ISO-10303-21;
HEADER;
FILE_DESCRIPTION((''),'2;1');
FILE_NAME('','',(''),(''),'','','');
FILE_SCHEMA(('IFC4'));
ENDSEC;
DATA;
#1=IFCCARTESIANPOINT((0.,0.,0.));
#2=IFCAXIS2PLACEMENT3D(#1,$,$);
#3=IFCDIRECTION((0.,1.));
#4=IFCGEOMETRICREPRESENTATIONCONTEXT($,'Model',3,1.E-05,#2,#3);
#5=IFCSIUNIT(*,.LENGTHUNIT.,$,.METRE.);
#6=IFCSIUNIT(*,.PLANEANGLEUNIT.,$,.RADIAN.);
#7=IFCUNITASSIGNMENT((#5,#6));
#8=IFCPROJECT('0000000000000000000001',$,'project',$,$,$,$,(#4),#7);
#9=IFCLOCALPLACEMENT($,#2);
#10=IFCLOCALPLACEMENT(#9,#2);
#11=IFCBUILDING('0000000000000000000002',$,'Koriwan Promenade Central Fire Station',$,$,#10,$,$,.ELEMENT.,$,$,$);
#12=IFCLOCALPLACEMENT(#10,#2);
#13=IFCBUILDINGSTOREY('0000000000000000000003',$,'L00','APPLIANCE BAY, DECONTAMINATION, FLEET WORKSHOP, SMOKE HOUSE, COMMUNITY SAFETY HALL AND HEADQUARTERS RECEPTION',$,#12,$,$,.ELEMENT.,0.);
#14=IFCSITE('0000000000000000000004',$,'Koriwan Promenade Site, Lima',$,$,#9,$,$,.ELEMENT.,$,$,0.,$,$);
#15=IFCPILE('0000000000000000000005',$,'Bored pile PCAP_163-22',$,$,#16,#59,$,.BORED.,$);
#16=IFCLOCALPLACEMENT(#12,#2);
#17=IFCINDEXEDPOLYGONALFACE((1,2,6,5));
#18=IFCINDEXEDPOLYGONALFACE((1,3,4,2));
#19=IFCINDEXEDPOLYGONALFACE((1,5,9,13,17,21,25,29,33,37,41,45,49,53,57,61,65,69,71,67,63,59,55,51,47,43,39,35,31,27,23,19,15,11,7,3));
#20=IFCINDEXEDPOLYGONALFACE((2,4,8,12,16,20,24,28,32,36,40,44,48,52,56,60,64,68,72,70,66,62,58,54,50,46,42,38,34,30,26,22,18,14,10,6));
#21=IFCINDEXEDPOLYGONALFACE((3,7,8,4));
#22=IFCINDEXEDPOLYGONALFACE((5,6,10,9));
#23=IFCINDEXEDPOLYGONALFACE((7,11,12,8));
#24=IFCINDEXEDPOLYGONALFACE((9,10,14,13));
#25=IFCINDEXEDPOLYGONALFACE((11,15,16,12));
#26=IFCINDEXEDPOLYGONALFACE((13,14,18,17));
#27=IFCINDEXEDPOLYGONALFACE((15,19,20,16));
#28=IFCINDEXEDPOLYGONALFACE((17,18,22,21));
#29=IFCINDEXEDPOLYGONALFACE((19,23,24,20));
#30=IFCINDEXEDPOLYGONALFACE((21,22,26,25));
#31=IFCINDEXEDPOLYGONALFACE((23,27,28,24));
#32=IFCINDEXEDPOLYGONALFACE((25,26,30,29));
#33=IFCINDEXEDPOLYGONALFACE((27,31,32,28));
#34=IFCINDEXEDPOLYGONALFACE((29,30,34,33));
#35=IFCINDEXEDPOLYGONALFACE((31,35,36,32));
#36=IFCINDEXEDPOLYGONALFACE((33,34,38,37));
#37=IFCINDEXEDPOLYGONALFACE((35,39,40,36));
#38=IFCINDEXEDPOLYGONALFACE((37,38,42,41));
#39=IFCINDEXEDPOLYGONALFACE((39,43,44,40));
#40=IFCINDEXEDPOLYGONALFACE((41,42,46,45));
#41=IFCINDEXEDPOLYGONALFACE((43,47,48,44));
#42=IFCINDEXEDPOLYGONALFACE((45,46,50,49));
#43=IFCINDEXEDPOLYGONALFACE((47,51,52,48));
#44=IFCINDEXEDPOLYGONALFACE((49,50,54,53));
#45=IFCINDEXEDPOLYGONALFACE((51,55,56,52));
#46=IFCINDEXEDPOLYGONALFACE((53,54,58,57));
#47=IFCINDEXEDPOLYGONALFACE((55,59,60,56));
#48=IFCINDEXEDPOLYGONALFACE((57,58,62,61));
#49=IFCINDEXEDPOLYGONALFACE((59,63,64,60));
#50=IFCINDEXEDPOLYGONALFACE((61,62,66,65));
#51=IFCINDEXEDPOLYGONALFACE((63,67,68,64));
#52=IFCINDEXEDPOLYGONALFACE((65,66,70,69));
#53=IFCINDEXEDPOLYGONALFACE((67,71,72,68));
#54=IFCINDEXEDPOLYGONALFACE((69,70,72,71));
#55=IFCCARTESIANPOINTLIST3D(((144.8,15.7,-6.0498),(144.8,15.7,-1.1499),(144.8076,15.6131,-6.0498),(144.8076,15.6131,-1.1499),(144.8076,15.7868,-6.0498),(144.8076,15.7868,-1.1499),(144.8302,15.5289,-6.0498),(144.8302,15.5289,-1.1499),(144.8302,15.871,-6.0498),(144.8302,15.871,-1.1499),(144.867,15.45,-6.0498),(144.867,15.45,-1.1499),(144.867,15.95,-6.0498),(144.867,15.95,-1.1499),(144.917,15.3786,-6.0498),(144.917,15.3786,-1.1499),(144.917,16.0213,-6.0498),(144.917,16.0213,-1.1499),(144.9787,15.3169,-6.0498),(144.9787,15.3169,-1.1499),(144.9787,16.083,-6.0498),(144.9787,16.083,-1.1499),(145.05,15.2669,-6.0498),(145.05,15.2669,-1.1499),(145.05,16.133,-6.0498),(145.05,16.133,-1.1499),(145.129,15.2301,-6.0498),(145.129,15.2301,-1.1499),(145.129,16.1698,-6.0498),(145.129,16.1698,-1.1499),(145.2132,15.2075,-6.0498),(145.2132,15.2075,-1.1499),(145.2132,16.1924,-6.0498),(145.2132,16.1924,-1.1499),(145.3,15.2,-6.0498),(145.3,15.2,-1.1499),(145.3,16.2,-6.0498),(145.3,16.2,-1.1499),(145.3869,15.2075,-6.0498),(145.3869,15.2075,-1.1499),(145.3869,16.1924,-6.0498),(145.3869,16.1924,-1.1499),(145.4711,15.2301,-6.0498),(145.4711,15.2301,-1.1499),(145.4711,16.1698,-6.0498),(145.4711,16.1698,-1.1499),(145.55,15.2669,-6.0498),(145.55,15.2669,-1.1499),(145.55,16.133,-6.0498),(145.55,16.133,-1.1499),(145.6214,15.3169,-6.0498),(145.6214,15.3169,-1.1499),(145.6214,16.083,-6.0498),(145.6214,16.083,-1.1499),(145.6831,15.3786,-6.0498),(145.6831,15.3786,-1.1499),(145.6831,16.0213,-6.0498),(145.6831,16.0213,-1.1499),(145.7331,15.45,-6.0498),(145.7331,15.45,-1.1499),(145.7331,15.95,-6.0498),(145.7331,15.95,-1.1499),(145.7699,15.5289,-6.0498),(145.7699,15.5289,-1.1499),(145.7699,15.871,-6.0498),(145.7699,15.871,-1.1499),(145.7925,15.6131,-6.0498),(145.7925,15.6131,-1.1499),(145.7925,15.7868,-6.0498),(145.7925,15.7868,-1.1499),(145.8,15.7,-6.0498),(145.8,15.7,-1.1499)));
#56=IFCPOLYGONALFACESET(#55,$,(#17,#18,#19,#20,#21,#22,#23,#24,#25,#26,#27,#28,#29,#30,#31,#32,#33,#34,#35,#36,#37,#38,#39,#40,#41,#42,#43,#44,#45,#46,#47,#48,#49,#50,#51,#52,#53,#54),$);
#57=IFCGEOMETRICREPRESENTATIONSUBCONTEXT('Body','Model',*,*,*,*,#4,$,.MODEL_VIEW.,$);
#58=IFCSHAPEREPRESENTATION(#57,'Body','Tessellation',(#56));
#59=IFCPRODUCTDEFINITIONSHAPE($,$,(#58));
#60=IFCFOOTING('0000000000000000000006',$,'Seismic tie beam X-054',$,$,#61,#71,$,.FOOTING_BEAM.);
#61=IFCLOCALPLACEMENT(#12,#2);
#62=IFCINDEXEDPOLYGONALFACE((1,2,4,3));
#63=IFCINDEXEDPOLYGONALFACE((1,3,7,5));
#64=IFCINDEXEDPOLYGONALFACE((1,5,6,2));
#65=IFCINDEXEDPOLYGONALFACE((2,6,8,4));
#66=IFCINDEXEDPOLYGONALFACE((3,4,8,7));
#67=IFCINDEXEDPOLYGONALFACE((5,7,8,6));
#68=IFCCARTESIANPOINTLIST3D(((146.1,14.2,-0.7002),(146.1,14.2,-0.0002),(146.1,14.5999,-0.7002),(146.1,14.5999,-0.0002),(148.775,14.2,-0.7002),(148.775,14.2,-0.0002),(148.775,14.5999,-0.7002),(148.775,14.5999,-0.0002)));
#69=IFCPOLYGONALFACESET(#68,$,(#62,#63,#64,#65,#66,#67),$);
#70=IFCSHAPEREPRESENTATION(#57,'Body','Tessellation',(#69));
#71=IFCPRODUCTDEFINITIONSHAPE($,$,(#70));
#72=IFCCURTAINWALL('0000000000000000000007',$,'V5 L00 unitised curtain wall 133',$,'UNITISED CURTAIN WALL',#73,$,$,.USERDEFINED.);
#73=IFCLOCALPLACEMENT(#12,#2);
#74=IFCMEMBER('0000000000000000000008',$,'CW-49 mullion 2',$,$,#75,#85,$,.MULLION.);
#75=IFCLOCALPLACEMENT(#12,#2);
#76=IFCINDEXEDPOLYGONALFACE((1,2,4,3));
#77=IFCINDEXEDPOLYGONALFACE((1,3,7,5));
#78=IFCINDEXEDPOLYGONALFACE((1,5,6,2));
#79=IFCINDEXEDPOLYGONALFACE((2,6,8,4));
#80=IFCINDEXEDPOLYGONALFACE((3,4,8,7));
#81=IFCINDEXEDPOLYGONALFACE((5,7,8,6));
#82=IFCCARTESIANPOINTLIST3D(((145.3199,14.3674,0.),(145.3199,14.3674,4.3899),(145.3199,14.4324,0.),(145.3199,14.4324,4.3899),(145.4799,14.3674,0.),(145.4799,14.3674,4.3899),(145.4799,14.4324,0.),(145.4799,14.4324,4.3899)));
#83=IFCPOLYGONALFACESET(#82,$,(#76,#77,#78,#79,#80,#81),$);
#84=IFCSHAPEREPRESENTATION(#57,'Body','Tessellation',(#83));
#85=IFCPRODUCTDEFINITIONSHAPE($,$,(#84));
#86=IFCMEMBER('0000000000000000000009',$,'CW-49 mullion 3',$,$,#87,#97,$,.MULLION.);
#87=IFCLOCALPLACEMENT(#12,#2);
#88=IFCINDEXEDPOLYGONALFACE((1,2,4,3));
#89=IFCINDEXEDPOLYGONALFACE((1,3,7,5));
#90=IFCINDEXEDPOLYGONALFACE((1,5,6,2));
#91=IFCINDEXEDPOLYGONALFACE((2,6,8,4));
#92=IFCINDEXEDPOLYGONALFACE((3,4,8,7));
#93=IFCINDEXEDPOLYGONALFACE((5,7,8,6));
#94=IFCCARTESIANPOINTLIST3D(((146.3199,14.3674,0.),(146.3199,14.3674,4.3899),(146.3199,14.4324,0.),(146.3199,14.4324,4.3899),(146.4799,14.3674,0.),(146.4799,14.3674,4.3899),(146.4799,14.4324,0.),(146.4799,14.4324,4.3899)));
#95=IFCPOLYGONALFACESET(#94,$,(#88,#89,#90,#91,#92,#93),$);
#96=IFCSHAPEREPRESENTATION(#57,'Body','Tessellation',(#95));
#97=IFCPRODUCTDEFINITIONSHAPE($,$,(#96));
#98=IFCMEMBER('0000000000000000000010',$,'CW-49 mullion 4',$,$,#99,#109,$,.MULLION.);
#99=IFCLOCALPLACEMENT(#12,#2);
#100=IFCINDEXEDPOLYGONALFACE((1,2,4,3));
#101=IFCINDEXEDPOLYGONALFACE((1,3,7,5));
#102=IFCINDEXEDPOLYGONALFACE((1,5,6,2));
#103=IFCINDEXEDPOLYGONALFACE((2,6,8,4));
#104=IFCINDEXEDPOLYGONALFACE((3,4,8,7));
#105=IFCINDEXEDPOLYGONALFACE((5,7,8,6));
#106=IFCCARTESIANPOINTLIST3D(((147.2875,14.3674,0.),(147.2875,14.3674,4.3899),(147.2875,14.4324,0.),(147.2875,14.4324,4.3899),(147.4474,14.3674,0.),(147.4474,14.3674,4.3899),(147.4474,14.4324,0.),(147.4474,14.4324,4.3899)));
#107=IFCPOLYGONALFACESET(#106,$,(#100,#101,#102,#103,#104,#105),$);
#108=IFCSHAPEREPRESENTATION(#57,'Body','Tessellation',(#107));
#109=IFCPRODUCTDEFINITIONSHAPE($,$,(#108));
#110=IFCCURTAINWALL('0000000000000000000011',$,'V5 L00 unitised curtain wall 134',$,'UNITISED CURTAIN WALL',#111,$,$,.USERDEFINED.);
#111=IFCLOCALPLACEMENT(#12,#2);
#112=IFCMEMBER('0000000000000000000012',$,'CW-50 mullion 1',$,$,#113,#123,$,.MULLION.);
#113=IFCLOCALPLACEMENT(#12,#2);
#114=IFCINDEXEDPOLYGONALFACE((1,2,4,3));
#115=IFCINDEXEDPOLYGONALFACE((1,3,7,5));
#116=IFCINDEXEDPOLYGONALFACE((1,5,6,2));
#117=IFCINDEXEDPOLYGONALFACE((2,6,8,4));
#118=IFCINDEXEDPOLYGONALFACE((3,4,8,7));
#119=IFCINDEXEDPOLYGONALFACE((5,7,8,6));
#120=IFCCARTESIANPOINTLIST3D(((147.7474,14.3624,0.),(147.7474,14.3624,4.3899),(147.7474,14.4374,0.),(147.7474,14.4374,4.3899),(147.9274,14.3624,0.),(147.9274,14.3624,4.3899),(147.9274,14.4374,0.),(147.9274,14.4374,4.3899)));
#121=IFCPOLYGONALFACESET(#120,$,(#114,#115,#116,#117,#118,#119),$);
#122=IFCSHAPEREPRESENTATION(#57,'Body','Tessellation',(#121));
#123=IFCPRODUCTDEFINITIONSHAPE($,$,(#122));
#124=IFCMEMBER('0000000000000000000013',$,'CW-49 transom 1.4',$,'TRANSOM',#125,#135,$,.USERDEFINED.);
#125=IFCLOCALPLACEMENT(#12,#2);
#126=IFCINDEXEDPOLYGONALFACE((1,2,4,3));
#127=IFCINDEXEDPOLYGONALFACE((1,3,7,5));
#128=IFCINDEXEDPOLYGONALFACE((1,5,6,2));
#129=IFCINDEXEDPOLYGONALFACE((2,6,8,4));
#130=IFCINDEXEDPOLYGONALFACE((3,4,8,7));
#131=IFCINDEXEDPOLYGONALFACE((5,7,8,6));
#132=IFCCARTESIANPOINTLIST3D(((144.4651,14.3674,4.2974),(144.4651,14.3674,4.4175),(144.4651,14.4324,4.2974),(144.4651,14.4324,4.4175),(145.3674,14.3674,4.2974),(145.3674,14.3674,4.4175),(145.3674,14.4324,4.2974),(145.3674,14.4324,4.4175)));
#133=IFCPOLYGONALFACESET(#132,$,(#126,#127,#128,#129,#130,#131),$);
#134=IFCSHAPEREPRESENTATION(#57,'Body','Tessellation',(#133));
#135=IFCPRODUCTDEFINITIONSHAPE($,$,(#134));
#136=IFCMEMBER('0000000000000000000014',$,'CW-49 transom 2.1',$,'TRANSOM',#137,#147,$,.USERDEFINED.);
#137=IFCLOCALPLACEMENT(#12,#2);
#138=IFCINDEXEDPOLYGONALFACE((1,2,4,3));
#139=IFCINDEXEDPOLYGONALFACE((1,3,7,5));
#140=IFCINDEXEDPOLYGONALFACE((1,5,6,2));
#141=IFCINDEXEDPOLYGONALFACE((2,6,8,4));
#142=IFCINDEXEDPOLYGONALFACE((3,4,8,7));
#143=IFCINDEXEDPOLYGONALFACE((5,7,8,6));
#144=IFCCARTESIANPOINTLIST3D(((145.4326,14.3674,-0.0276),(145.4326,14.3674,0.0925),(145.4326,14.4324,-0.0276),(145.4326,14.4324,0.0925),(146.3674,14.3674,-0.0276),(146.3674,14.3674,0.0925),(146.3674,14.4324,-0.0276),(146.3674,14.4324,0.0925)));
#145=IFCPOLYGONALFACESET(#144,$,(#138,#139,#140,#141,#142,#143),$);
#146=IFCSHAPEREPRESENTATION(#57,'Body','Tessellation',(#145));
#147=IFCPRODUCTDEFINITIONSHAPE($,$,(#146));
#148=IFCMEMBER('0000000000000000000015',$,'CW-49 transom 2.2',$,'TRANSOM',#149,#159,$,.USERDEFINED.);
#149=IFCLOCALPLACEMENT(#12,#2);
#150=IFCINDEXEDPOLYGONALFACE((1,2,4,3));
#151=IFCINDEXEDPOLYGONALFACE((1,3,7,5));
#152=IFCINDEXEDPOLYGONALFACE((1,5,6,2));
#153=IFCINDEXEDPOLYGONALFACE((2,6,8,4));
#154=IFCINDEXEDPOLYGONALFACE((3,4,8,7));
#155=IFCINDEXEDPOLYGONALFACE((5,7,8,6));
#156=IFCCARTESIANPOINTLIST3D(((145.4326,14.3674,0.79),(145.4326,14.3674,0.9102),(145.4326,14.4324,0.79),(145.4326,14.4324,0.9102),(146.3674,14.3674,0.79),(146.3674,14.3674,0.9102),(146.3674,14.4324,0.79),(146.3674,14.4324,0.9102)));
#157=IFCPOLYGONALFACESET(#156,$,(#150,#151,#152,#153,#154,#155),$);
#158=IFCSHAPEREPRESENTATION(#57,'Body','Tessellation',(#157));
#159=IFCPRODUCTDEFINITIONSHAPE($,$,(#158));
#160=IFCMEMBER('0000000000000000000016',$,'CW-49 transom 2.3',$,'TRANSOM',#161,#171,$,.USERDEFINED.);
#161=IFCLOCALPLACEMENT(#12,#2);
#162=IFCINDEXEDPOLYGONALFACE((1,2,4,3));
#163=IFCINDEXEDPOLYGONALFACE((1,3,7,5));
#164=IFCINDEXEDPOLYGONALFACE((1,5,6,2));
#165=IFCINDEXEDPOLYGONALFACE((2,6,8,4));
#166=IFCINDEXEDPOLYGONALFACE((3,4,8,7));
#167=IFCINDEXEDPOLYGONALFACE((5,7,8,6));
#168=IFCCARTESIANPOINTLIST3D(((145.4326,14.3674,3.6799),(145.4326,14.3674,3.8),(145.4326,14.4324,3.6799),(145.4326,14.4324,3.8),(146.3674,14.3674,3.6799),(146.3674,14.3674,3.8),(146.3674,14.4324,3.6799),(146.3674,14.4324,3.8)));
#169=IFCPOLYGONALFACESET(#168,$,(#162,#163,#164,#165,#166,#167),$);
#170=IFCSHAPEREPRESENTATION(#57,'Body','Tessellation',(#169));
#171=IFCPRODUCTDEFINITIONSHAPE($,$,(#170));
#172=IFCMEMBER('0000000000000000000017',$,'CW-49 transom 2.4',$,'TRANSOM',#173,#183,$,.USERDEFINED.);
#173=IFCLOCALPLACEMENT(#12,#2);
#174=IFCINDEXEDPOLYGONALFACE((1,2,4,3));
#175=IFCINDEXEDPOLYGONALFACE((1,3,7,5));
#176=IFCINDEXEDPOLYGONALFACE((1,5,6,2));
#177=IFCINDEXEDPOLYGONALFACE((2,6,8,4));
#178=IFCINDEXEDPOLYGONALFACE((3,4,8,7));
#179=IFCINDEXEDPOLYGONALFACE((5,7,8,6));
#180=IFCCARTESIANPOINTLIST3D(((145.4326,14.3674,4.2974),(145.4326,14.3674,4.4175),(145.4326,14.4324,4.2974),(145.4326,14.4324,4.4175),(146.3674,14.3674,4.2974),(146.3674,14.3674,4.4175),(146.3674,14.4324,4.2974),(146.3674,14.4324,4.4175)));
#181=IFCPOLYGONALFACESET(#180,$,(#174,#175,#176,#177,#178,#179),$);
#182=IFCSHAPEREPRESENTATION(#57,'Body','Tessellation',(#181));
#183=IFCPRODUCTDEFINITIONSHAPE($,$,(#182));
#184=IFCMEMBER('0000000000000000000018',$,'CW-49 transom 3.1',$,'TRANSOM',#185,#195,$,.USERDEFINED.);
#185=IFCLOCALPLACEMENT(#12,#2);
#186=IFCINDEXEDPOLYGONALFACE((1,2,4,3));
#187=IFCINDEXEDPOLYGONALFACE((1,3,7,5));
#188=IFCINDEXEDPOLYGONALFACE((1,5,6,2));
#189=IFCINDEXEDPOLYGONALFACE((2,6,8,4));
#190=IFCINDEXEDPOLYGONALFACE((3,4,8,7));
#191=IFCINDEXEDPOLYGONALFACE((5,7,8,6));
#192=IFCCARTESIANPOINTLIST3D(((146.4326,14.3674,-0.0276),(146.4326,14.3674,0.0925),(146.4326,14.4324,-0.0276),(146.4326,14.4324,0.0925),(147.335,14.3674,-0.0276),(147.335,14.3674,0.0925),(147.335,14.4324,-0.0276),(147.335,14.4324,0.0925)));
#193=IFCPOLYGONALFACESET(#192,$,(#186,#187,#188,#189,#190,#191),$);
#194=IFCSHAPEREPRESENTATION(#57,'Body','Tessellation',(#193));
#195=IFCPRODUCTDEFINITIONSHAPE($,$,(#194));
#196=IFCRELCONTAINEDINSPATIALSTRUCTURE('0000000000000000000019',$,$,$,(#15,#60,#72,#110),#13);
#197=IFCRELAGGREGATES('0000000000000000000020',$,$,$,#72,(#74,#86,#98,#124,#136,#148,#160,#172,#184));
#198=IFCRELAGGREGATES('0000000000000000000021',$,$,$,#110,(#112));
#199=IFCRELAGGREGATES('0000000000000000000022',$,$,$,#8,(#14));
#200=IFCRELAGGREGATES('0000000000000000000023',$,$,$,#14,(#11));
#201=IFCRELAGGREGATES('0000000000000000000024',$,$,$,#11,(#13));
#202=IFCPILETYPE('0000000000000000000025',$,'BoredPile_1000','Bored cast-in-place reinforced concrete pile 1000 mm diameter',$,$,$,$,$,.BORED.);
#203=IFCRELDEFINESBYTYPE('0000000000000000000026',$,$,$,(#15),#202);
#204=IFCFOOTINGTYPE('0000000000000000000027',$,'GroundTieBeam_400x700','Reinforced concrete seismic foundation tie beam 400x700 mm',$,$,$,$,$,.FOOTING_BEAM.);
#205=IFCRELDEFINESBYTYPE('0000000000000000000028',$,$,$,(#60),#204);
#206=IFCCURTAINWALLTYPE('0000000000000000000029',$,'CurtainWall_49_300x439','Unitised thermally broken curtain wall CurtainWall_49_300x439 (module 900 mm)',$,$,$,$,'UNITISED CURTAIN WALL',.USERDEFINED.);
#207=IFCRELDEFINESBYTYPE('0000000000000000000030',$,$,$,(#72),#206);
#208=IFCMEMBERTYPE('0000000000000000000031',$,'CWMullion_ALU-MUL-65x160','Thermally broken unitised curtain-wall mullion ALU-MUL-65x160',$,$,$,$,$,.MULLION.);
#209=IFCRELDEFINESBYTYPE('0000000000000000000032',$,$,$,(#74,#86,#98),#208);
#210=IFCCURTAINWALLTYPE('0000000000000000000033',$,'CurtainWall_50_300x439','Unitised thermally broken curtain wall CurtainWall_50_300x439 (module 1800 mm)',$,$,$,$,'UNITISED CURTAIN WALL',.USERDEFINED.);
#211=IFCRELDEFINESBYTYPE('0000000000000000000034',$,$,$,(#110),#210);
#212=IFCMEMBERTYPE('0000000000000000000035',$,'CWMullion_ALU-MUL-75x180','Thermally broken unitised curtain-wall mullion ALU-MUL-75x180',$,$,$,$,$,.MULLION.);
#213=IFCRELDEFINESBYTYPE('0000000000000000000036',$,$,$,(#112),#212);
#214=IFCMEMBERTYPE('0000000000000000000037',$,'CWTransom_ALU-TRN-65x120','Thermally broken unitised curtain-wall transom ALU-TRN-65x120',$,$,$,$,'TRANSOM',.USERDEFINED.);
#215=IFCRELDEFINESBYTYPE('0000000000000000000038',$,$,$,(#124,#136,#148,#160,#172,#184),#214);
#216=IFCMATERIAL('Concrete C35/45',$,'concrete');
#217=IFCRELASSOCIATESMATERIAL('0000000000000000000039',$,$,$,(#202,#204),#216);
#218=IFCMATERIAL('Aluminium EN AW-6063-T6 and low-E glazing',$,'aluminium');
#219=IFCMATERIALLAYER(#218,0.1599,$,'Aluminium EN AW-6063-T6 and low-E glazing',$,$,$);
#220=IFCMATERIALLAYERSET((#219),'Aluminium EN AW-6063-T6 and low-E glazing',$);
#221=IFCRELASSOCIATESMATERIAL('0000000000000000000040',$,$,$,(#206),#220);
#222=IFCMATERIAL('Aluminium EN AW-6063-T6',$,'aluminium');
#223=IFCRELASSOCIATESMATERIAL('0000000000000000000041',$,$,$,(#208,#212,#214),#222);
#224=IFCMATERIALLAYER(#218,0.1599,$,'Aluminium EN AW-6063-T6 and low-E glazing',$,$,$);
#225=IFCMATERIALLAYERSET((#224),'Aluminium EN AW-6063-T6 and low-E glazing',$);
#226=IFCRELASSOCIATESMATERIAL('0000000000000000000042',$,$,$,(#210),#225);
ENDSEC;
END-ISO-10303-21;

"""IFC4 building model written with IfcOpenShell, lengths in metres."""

from ifc_helpers import new_model, si_unit, direction, frame, origin, origin_2d, place, context, subcontext, project, spatial, rectangle, circle, extrude, material, layer, layer_set, material_profile, profile_set, type_object, element, aggregate, save


model = new_model("IFC4")

# Units and contexts
model_context = context("Model", 3, precision=1e-05, world=origin(), true_north=direction((0.0, 1.0)))
body_context = subcontext(model_context, "Body", "Model", "MODEL_VIEW")
ifc_project = project(units=[si_unit("LENGTHUNIT", "METRE"), si_unit("PLANEANGLEUNIT", "RADIAN")], contexts=[model_context])

# Site, building, storey
site_placement = place(None, origin())
site = spatial("IfcSite", under=ifc_project, at=site_placement, Name="Koriwan Promenade Site, Lima", CompositionType="ELEMENT", RefElevation=0.0)
building_placement = place(site_placement, origin())
building = spatial("IfcBuilding", under=site, at=building_placement, Name="Koriwan Promenade Central Fire Station", CompositionType="ELEMENT")
storey_placement = place(building_placement, origin())
storey = spatial("IfcBuildingStorey", under=building, at=storey_placement, Name="L00", Description="APPLIANCE BAY, DECONTAMINATION, FLEET WORKSHOP, SMOKE HOUSE, COMMUNITY SAFETY HALL AND HEADQUARTERS RECEPTION", CompositionType="ELEMENT", Elevation=0.0)

# Pile
ifc_material_1 = material(Name="Concrete C35/45", Category="concrete")
ifc_material_profile_1 = material_profile(ifc_material_1, circle(Radius=0.5, at=origin_2d()), Name="PILE-D1000")
ifc_profile_set_1 = profile_set([ifc_material_profile_1], Name="Concrete C35/45")
pile_type = type_object("IfcPileType", Name="BoredPile_1000", Description="Bored cast-in-place reinforced concrete pile 1000 mm diameter", PredefinedType="BORED", material=ifc_profile_set_1)
pile_placement = place(storey_placement, frame((145.3, 15.7, -1.1499), z_axis=(0.0, 0.0, -1.0), x_axis=(1.0, 0.0, 0.0)))
element("IfcPile", 1, at=pile_placement, inside=storey, type_object=pile_type, Name="Bored pile PCAP_163-22", PredefinedType="BORED", context=body_context, shape_type="SweptSolid", body=[
    extrude(circle(Radius=0.5, at=origin_2d()), origin(), (0.0, 0.0, 1.0), 4.8999),
])

# Footing
footing_type = type_object("IfcFootingType", Name="GroundTieBeam_400x700", Description="Reinforced concrete seismic foundation tie beam 400x700 mm", PredefinedType="FOOTING_BEAM", material=ifc_material_1)
footing_placement = place(storey_placement, frame((147.4375, 14.3999, -0.7002), z_axis=(0.0, 0.0, 1.0), x_axis=(1.0, 0.0, 0.0)))
element("IfcFooting", 2, at=footing_placement, inside=storey, type_object=footing_type, Name="Seismic tie beam X-054", PredefinedType="FOOTING_BEAM", context=body_context, shape_type="SweptSolid", body=[
    extrude(rectangle(XDim=2.675, YDim=0.3999, at=origin_2d()), origin(), (0.0, 0.0, 1.0), 0.7),
])

# Curtain wall, members
ifc_material_2 = material(Name="Aluminium EN AW-6063-T6 and low-E glazing", Category="aluminium")
ifc_layer_1 = layer(ifc_material_2, 0.1599, Name="Aluminium EN AW-6063-T6 and low-E glazing")
ifc_layer_set_1 = layer_set([ifc_layer_1], Name="Aluminium EN AW-6063-T6 and low-E glazing")
curtain_wall_type_1 = type_object("IfcCurtainWallType", Name="CurtainWall_49_300x439", Description="Unitised thermally broken curtain wall CurtainWall_49_300x439 (module 900 mm)", ElementType="UNITISED CURTAIN WALL", PredefinedType="USERDEFINED", material=ifc_layer_set_1)
curtain_wall_1_placement = place(storey_placement, origin())
curtain_wall_1 = element("IfcCurtainWall", 3, at=curtain_wall_1_placement, inside=storey, type_object=curtain_wall_type_1, Name="V5 L00 unitised curtain wall 133", ObjectType="UNITISED CURTAIN WALL", PredefinedType="USERDEFINED")
ifc_material_3 = material(Name="Aluminium EN AW-6063-T6", Category="aluminium")
ifc_material_profile_2 = material_profile(ifc_material_3, rectangle(XDim=0.0649, YDim=0.1599, at=origin_2d()), Name="ALU-MUL-65x160")
ifc_profile_set_2 = profile_set([ifc_material_profile_2], Name="Aluminium EN AW-6063-T6")
member_type_1 = type_object("IfcMemberType", Name="CWMullion_ALU-MUL-65x160", Description="Thermally broken unitised curtain-wall mullion ALU-MUL-65x160", PredefinedType="MULLION", material=ifc_profile_set_2)
member_1_placement = place(storey_placement, frame((145.3999, 14.3999, 0.0), z_axis=(0.0, 0.0, 1.0), x_axis=(0.0, 1.0, 0.0)))
member_1 = element("IfcMember", 4, at=member_1_placement, type_object=member_type_1, Name="CW-49 mullion 2", PredefinedType="MULLION", context=body_context, shape_type="SweptSolid", body=[
    extrude(rectangle(XDim=0.0649, YDim=0.1599, at=origin_2d()), origin(), (0.0, 0.0, 1.0), 4.3899),
])
member_2_placement = place(storey_placement, frame((146.3999, 14.3999, 0.0), z_axis=(0.0, 0.0, 1.0), x_axis=(0.0, 1.0, 0.0)))
member_2 = element("IfcMember", 5, at=member_2_placement, type_object=member_type_1, Name="CW-49 mullion 3", PredefinedType="MULLION", context=body_context, shape_type="SweptSolid", body=[
    extrude(rectangle(XDim=0.0649, YDim=0.1599, at=origin_2d()), origin(), (0.0, 0.0, 1.0), 4.3899),
])
member_3_placement = place(storey_placement, frame((147.3674, 14.3999, 0.0), z_axis=(0.0, 0.0, 1.0), x_axis=(0.0, 1.0, 0.0)))
member_3 = element("IfcMember", 6, at=member_3_placement, type_object=member_type_1, Name="CW-49 mullion 4", PredefinedType="MULLION", context=body_context, shape_type="SweptSolid", body=[
    extrude(rectangle(XDim=0.0649, YDim=0.1599, at=origin_2d()), origin(), (0.0, 0.0, 1.0), 4.3899),
])

# Curtain wall, member
ifc_layer_2 = layer(ifc_material_2, 0.1599, Name="Aluminium EN AW-6063-T6 and low-E glazing")
ifc_layer_set_2 = layer_set([ifc_layer_2], Name="Aluminium EN AW-6063-T6 and low-E glazing")
curtain_wall_type_2 = type_object("IfcCurtainWallType", Name="CurtainWall_50_300x439", Description="Unitised thermally broken curtain wall CurtainWall_50_300x439 (module 1800 mm)", ElementType="UNITISED CURTAIN WALL", PredefinedType="USERDEFINED", material=ifc_layer_set_2)
curtain_wall_2_placement = place(storey_placement, origin())
curtain_wall_2 = element("IfcCurtainWall", 7, at=curtain_wall_2_placement, inside=storey, type_object=curtain_wall_type_2, Name="V5 L00 unitised curtain wall 134", ObjectType="UNITISED CURTAIN WALL", PredefinedType="USERDEFINED")
ifc_material_profile_3 = material_profile(ifc_material_3, rectangle(XDim=0.075, YDim=0.1799, at=origin_2d()), Name="ALU-MUL-75x180")
ifc_profile_set_3 = profile_set([ifc_material_profile_3], Name="Aluminium EN AW-6063-T6")
member_type_2 = type_object("IfcMemberType", Name="CWMullion_ALU-MUL-75x180", Description="Thermally broken unitised curtain-wall mullion ALU-MUL-75x180", PredefinedType="MULLION", material=ifc_profile_set_3)
member_4_placement = place(storey_placement, frame((147.8374, 14.3999, 0.0), z_axis=(0.0, 0.0, 1.0), x_axis=(0.0, 1.0, 0.0)))
member_4 = element("IfcMember", 8, at=member_4_placement, type_object=member_type_2, Name="CW-50 mullion 1", PredefinedType="MULLION", context=body_context, shape_type="SweptSolid", body=[
    extrude(rectangle(XDim=0.075, YDim=0.1799, at=origin_2d()), origin(), (0.0, 0.0, 1.0), 4.3899),
])

# Members
ifc_material_profile_4 = material_profile(ifc_material_3, rectangle(XDim=0.0649, YDim=0.1201, at=origin_2d()), Name="ALU-TRN-65x120")
ifc_profile_set_4 = profile_set([ifc_material_profile_4], Name="Aluminium EN AW-6063-T6")
member_type_3 = type_object("IfcMemberType", Name="CWTransom_ALU-TRN-65x120", Description="Thermally broken unitised curtain-wall transom ALU-TRN-65x120", ElementType="TRANSOM", PredefinedType="USERDEFINED", material=ifc_profile_set_4)
member_5_placement = place(storey_placement, frame((144.4651, 14.3999, 4.3574), z_axis=(1.0, 0.0, 0.0), x_axis=(0.0, 1.0, 0.0)))
member_5 = element("IfcMember", 9, at=member_5_placement, type_object=member_type_3, Name="CW-49 transom 1.4", ObjectType="TRANSOM", PredefinedType="USERDEFINED", context=body_context, shape_type="SweptSolid", body=[
    extrude(rectangle(XDim=0.0649, YDim=0.1201, at=origin_2d()), origin(), (0.0, 0.0, 1.0), 0.9023),
])
member_6_placement = place(storey_placement, frame((145.4326, 14.3999, 0.0325), z_axis=(1.0, 0.0, 0.0), x_axis=(0.0, 1.0, 0.0)))
member_6 = element("IfcMember", 10, at=member_6_placement, type_object=member_type_3, Name="CW-49 transom 2.1", ObjectType="TRANSOM", PredefinedType="USERDEFINED", context=body_context, shape_type="SweptSolid", body=[
    extrude(rectangle(XDim=0.0649, YDim=0.1201, at=origin_2d()), origin(), (0.0, 0.0, 1.0), 0.9348),
])
member_7_placement = place(storey_placement, frame((145.4326, 14.3999, 0.8501), z_axis=(1.0, 0.0, 0.0), x_axis=(0.0, 1.0, 0.0)))
member_7 = element("IfcMember", 11, at=member_7_placement, type_object=member_type_3, Name="CW-49 transom 2.2", ObjectType="TRANSOM", PredefinedType="USERDEFINED", context=body_context, shape_type="SweptSolid", body=[
    extrude(rectangle(XDim=0.0649, YDim=0.1201, at=origin_2d()), origin(), (0.0, 0.0, 1.0), 0.9348),
])
member_8_placement = place(storey_placement, frame((145.4326, 14.3999, 3.74), z_axis=(1.0, 0.0, 0.0), x_axis=(0.0, 1.0, 0.0)))
member_8 = element("IfcMember", 12, at=member_8_placement, type_object=member_type_3, Name="CW-49 transom 2.3", ObjectType="TRANSOM", PredefinedType="USERDEFINED", context=body_context, shape_type="SweptSolid", body=[
    extrude(rectangle(XDim=0.0649, YDim=0.1201, at=origin_2d()), origin(), (0.0, 0.0, 1.0), 0.9348),
])
member_9_placement = place(storey_placement, frame((145.4326, 14.3999, 4.3574), z_axis=(1.0, 0.0, 0.0), x_axis=(0.0, 1.0, 0.0)))
member_9 = element("IfcMember", 13, at=member_9_placement, type_object=member_type_3, Name="CW-49 transom 2.4", ObjectType="TRANSOM", PredefinedType="USERDEFINED", context=body_context, shape_type="SweptSolid", body=[
    extrude(rectangle(XDim=0.0649, YDim=0.1201, at=origin_2d()), origin(), (0.0, 0.0, 1.0), 0.9348),
])
member_10_placement = place(storey_placement, frame((146.4326, 14.3999, 0.0325), z_axis=(1.0, 0.0, 0.0), x_axis=(0.0, 1.0, 0.0)))
member_10 = element("IfcMember", 14, at=member_10_placement, type_object=member_type_3, Name="CW-49 transom 3.1", ObjectType="TRANSOM", PredefinedType="USERDEFINED", context=body_context, shape_type="SweptSolid", body=[
    extrude(rectangle(XDim=0.0649, YDim=0.1201, at=origin_2d()), origin(), (0.0, 0.0, 1.0), 0.9023),
])

aggregate(curtain_wall_1, [member_1, member_2, member_3, member_5, member_6, member_7, member_8, member_9, member_10])
aggregate(curtain_wall_2, [member_4])

save(model, "model.ifc")
